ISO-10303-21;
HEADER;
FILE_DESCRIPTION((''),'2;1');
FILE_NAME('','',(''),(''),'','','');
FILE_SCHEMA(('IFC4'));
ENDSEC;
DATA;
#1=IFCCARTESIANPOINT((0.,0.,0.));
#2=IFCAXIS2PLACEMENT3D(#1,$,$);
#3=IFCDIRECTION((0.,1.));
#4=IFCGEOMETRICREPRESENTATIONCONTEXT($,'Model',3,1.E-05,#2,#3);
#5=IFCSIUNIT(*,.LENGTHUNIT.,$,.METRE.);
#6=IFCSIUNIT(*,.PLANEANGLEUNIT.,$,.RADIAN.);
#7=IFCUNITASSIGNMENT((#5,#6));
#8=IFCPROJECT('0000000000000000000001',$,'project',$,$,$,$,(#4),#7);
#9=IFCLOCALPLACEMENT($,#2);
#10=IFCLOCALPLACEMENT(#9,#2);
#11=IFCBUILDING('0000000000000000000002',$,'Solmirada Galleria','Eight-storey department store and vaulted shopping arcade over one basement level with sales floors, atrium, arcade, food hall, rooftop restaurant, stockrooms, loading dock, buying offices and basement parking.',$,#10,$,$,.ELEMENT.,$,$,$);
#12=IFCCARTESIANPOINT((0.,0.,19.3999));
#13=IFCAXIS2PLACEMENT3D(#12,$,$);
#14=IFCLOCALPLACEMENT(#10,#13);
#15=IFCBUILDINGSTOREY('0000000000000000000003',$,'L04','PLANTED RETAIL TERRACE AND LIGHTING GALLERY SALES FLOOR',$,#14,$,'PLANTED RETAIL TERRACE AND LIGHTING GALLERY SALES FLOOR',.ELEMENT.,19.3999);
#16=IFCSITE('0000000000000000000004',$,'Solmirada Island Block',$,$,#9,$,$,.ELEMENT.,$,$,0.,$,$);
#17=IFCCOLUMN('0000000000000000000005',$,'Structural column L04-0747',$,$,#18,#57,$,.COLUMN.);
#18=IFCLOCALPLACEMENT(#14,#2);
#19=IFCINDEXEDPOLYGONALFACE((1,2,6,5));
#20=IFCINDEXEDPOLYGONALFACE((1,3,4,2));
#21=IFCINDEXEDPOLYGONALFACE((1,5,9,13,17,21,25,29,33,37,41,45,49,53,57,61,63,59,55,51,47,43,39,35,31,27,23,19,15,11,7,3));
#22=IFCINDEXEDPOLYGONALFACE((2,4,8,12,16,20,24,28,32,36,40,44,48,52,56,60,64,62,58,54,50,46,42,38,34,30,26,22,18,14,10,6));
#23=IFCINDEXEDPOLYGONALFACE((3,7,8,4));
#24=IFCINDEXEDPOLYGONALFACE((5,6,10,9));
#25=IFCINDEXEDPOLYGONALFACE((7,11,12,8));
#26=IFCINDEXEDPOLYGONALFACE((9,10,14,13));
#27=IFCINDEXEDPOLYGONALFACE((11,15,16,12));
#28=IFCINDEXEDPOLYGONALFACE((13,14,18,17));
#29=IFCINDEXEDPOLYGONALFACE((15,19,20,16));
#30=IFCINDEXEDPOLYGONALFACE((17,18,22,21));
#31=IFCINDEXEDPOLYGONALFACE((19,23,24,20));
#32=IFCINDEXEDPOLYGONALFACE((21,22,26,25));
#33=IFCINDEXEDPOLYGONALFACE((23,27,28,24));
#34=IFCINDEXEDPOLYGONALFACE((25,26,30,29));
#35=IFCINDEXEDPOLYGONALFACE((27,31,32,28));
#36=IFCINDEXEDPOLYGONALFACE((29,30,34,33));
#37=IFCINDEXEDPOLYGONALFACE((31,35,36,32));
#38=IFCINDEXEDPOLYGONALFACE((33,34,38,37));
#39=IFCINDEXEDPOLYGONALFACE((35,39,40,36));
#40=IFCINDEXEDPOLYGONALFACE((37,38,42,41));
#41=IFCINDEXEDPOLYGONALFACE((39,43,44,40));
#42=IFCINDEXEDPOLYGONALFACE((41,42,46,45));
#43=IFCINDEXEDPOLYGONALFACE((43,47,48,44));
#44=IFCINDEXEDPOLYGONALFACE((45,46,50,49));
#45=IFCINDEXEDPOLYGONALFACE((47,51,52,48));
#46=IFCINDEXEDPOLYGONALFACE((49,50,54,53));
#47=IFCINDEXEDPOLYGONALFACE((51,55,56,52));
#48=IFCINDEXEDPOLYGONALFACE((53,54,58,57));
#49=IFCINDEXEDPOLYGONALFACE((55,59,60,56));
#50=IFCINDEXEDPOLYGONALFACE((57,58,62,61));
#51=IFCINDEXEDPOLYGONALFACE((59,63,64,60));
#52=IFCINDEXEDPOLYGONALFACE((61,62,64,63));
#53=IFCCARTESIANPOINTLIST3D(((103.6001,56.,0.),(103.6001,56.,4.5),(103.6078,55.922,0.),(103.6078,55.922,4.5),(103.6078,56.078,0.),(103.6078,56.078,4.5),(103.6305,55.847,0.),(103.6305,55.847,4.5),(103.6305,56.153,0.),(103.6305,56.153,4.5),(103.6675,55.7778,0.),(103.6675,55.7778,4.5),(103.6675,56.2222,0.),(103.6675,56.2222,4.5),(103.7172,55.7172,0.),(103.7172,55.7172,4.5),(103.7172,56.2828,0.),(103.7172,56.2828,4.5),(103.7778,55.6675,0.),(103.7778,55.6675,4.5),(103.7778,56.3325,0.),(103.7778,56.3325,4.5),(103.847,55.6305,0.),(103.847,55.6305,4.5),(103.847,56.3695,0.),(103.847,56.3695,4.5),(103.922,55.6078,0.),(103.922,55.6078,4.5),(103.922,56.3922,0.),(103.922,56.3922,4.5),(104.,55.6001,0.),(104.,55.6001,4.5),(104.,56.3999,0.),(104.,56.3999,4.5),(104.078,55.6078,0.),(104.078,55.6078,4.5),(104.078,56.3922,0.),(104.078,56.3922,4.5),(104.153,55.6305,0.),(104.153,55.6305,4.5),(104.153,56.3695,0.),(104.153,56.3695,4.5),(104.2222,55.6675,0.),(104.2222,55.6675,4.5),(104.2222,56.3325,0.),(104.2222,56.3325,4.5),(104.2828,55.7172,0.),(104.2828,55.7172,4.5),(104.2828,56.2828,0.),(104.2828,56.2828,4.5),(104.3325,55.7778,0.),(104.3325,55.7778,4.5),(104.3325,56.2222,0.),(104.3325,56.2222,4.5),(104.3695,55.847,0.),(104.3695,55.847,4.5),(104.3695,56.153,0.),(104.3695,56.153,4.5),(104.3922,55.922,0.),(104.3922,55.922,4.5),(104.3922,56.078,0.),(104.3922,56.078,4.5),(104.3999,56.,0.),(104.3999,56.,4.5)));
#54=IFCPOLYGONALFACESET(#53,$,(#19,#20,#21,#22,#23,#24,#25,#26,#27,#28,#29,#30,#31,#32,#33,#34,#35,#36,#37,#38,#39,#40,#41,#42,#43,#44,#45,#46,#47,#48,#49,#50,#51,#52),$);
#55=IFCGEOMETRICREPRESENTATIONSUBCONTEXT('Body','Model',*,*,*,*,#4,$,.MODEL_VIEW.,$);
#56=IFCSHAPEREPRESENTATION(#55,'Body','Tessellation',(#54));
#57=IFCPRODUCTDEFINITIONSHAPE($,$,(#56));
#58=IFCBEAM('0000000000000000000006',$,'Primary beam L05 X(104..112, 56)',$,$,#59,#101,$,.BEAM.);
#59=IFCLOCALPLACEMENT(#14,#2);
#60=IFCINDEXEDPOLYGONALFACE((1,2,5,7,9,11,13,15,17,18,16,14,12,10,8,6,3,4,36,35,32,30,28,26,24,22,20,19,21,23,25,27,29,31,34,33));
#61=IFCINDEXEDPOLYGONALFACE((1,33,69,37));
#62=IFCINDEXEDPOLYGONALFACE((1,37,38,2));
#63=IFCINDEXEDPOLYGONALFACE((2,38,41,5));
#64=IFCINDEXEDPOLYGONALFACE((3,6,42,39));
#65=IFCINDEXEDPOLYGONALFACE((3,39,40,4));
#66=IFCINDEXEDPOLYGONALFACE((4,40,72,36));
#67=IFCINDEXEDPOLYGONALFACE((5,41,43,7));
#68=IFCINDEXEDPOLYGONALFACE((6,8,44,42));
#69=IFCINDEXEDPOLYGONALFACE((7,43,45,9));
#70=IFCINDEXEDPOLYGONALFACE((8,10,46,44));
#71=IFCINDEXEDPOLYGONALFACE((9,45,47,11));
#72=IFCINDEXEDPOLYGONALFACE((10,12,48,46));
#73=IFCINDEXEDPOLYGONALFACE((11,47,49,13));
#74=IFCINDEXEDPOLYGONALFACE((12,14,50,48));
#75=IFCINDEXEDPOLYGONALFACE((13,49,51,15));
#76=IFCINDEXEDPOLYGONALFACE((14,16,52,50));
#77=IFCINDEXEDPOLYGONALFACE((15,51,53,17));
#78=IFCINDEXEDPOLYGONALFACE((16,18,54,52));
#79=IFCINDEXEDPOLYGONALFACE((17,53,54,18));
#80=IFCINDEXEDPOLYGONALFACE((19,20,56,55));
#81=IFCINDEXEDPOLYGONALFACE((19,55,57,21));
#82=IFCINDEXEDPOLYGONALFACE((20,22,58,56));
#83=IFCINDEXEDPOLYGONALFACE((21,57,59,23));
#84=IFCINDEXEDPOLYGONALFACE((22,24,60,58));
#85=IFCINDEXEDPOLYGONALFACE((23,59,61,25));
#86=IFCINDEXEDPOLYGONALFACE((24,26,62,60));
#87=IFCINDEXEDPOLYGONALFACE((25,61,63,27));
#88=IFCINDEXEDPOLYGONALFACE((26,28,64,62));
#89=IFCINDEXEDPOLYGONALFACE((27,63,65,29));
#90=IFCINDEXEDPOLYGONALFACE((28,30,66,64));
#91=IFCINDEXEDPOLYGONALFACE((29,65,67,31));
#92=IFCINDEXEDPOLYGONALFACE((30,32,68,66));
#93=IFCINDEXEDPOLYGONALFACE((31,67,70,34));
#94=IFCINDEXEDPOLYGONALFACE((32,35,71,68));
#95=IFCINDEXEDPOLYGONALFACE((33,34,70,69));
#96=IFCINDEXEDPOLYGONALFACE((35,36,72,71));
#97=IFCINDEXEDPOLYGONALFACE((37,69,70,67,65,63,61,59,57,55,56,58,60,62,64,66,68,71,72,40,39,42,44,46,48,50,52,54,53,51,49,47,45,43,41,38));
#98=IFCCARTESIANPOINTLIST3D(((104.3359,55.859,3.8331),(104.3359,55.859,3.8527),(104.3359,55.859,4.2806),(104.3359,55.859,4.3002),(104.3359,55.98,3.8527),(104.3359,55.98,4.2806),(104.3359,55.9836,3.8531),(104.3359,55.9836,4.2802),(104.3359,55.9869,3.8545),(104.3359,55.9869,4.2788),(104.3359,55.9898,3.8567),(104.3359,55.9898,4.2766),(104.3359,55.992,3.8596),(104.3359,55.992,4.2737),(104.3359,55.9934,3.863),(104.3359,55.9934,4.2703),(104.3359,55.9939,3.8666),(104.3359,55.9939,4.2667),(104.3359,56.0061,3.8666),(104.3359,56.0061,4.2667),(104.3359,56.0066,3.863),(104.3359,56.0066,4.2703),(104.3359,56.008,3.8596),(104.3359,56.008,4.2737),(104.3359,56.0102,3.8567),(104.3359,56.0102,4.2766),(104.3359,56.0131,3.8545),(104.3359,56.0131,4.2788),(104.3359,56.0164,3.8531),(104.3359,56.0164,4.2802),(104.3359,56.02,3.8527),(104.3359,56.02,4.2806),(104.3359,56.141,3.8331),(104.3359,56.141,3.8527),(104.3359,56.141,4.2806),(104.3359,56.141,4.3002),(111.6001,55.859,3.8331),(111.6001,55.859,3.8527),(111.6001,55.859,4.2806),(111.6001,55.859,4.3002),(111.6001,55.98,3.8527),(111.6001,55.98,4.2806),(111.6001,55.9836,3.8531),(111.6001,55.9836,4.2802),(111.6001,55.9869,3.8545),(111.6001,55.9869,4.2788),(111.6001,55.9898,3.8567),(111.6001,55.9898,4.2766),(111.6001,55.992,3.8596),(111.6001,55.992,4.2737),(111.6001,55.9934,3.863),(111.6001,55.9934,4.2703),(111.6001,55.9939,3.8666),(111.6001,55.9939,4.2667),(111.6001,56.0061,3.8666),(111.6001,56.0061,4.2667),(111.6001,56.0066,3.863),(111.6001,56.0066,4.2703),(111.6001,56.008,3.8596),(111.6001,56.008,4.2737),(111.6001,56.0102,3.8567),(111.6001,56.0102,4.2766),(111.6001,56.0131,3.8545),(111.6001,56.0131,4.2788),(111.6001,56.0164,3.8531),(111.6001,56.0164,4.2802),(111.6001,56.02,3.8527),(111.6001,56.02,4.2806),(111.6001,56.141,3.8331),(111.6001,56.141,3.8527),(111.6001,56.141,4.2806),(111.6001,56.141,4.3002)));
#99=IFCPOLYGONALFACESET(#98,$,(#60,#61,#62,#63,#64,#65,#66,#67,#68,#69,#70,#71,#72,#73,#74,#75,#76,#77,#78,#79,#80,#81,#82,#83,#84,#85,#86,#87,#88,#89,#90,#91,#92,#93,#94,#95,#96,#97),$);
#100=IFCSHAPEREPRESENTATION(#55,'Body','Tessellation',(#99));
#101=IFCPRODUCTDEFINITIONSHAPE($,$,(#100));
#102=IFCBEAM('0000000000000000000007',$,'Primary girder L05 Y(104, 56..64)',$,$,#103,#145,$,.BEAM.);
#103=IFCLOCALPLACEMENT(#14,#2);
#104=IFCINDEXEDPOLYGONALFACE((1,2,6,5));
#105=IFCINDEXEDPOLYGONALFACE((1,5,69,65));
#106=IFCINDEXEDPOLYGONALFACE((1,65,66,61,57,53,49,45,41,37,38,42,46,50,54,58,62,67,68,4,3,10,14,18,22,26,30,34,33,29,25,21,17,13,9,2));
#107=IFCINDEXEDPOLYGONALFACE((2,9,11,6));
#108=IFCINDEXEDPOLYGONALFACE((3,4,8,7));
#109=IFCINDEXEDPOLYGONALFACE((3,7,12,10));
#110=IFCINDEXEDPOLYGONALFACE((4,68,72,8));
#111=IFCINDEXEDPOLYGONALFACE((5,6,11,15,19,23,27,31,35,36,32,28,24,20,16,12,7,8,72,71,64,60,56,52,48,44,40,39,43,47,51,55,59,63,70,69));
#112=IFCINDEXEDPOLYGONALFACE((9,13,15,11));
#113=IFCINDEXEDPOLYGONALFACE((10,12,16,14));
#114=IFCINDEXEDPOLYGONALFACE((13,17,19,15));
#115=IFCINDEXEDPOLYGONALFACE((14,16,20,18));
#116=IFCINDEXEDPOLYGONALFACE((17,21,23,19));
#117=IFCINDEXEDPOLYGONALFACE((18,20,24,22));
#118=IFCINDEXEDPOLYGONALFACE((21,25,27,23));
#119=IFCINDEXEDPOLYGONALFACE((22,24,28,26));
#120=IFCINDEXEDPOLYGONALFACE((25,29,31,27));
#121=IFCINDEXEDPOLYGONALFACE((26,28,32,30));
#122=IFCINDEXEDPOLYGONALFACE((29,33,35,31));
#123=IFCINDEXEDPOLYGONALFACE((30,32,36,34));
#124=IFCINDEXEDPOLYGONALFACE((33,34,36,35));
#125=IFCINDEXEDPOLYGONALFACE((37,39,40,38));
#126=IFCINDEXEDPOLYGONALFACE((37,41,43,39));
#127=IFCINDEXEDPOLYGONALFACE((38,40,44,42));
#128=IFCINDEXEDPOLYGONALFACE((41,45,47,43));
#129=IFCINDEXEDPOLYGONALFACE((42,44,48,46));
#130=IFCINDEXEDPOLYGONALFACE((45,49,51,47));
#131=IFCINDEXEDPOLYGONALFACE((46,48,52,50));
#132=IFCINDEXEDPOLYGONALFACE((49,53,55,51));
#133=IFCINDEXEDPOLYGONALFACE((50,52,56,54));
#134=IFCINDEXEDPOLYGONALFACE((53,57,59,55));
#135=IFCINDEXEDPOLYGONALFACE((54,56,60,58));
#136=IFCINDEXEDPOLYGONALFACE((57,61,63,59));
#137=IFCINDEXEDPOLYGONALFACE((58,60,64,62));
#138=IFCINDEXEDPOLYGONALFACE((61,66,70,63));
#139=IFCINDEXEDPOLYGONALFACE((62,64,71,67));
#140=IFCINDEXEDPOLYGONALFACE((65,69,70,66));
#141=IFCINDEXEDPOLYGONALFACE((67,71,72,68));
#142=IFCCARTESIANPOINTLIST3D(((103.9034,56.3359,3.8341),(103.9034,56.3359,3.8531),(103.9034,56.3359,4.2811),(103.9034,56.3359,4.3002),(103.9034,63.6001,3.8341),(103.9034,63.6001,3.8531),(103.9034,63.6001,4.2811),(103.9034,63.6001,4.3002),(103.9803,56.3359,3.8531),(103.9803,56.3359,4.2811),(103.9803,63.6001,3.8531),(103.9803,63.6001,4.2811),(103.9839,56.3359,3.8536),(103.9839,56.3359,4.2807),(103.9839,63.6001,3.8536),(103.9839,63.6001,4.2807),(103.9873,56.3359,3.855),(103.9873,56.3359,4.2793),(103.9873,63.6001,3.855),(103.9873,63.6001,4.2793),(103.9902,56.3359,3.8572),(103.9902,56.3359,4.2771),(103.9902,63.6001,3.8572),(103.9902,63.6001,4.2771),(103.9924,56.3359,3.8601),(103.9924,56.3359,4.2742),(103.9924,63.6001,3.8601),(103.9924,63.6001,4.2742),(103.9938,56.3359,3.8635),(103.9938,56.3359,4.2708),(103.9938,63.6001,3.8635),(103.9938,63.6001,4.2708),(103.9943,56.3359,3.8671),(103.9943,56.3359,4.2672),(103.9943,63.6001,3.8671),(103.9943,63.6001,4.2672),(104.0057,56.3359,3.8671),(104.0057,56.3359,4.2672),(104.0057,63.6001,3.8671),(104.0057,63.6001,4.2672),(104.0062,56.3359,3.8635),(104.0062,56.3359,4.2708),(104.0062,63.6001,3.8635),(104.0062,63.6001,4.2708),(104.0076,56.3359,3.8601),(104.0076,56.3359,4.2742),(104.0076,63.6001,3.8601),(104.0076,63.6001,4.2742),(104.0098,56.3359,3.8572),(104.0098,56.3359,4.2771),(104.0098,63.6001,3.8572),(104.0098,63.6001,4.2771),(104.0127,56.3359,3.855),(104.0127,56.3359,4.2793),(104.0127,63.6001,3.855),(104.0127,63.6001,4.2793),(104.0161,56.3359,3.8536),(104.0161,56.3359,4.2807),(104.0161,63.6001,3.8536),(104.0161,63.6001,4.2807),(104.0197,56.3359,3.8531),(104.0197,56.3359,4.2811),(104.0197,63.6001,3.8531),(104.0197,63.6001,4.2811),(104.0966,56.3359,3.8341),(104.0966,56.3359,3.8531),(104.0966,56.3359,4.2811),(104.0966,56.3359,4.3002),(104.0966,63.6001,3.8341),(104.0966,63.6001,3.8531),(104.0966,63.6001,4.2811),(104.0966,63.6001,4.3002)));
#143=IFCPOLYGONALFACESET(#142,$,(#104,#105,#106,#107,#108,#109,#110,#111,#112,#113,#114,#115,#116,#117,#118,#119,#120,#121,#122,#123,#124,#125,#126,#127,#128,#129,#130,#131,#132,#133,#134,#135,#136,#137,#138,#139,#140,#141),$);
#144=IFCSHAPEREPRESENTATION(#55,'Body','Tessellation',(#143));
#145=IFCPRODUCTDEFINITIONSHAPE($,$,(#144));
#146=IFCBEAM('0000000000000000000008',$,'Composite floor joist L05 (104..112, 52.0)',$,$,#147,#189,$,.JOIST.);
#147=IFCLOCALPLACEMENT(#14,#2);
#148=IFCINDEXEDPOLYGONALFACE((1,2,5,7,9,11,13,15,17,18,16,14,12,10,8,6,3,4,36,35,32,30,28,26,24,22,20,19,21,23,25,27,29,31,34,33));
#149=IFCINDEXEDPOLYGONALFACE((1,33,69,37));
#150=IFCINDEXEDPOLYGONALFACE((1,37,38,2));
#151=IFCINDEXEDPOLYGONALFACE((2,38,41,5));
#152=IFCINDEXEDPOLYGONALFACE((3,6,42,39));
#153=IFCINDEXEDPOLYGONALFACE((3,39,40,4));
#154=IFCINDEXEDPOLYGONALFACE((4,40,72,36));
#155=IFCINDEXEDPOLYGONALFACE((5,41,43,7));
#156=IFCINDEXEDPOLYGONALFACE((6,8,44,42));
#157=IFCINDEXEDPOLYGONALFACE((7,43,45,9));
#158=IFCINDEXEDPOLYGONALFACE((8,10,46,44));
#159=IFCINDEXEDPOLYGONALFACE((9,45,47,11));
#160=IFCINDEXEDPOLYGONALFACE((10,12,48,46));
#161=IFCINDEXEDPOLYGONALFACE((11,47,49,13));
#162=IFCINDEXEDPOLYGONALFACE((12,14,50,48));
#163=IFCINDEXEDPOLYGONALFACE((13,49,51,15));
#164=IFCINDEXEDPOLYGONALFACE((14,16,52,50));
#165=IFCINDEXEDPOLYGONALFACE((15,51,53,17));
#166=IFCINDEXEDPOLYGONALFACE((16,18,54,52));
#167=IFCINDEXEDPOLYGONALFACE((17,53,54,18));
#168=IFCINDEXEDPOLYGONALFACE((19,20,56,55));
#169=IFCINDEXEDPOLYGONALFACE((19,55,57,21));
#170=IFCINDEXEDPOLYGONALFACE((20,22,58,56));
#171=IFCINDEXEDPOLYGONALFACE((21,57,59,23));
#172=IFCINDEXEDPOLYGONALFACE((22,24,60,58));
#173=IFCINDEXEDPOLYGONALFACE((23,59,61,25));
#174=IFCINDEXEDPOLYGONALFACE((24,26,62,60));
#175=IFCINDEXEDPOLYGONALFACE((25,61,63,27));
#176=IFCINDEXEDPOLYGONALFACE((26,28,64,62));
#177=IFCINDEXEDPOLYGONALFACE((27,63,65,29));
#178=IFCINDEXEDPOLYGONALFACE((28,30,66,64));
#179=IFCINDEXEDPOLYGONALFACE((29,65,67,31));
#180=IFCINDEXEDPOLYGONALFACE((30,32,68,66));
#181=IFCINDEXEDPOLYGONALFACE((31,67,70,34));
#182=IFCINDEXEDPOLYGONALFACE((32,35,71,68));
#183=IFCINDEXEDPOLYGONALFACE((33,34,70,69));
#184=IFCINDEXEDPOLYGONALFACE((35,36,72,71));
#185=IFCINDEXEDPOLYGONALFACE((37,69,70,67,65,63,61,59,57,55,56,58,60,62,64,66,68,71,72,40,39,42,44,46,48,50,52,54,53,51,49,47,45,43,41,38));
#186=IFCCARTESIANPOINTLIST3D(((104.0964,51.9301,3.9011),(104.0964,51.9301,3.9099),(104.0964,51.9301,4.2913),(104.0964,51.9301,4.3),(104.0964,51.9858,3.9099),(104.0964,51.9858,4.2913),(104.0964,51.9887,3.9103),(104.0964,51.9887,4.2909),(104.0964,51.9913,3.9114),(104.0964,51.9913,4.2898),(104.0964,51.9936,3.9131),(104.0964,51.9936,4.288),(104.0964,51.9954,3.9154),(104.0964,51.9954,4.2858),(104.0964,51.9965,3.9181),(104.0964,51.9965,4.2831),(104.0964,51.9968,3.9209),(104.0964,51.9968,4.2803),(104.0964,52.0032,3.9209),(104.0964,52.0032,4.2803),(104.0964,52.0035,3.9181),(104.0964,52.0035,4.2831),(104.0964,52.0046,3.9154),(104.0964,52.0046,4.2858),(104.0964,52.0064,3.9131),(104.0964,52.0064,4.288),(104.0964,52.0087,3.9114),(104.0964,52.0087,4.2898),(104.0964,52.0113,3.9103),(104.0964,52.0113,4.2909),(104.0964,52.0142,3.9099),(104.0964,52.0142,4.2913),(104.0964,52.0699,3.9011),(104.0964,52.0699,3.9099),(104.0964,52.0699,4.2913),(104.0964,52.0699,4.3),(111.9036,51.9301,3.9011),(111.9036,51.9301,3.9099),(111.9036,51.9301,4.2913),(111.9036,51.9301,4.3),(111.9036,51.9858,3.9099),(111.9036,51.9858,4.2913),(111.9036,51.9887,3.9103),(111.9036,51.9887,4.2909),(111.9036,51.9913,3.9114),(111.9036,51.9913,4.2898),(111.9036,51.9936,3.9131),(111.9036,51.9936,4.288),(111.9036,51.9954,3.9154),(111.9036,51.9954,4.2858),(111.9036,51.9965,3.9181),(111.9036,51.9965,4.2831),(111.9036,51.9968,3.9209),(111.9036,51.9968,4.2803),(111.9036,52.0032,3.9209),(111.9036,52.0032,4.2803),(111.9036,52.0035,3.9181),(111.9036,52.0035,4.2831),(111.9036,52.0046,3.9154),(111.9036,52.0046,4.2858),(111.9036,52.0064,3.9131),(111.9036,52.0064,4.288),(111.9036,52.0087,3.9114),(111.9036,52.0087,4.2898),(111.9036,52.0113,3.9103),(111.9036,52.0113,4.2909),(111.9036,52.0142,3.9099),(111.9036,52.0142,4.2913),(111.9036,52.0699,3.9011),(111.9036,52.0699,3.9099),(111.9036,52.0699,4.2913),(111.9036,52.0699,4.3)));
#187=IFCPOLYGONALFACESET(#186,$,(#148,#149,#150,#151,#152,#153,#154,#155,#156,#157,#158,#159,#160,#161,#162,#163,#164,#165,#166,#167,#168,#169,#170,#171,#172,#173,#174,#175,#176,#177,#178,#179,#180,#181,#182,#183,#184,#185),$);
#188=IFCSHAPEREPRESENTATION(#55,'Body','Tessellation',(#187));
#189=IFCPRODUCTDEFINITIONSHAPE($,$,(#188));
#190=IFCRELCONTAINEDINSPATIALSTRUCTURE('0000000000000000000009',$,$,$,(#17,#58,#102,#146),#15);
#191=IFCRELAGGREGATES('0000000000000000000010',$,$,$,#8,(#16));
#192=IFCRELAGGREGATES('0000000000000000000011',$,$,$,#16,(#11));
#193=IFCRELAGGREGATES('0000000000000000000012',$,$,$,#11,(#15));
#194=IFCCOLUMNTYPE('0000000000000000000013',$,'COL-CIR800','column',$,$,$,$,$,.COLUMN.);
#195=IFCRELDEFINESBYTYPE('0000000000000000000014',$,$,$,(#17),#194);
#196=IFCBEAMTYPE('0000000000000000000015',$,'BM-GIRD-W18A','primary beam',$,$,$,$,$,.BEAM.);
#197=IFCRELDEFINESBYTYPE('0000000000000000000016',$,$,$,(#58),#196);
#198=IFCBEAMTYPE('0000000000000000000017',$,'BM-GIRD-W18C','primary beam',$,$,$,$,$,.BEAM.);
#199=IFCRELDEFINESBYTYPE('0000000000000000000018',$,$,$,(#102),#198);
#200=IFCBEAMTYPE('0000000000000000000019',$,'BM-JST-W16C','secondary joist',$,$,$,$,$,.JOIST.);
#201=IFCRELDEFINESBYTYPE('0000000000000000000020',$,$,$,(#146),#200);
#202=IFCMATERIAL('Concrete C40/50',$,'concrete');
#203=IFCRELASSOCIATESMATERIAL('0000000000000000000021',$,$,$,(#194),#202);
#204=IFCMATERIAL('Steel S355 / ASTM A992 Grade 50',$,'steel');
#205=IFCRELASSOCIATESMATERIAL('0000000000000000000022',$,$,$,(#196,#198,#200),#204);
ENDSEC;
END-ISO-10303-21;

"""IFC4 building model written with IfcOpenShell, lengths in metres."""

from ifc_helpers import new_model, si_unit, direction, frame, origin, origin_2d, place, context, subcontext, project, spatial, circle, i_section, extrude, material, material_profile, profile_set, type_object, element, save


model = new_model("IFC4")

# Units and contexts
model_context = context("Model", 3, precision=1e-05, world=origin(), true_north=direction((0.0, 1.0)))
body_context = subcontext(model_context, "Body", "Model", "MODEL_VIEW")
ifc_project = project(units=[si_unit("LENGTHUNIT", "METRE"), si_unit("PLANEANGLEUNIT", "RADIAN")], contexts=[model_context])

# Site, building, storey
site_placement = place(None, origin())
site = spatial("IfcSite", under=ifc_project, at=site_placement, Name="Solmirada Island Block", CompositionType="ELEMENT", RefElevation=0.0)
building_placement = place(site_placement, origin())
building = spatial("IfcBuilding", under=site, at=building_placement, Name="Solmirada Galleria", Description="Eight-storey department store and vaulted shopping arcade over one basement level with sales floors, atrium, arcade, food hall, rooftop restaurant, stockrooms, loading dock, buying offices and basement parking.", CompositionType="ELEMENT")
storey_placement = place(building_placement, frame((0.0, 0.0, 19.3999)))
storey = spatial("IfcBuildingStorey", under=building, at=storey_placement, Name="L04", Description="PLANTED RETAIL TERRACE AND LIGHTING GALLERY SALES FLOOR", LongName="PLANTED RETAIL TERRACE AND LIGHTING GALLERY SALES FLOOR", CompositionType="ELEMENT", Elevation=19.3999)

# Column
ifc_material_1 = material(Name="Concrete C40/50", Category="concrete")
ifc_material_profile_1 = material_profile(ifc_material_1, circle(Radius=0.3999, at=origin_2d()), Name="RCCOL800")
ifc_profile_set_1 = profile_set([ifc_material_profile_1], Name="Concrete C40/50")
column_type = type_object("IfcColumnType", Name="COL-CIR800", Description="column", PredefinedType="COLUMN", material=ifc_profile_set_1)
column_placement = place(storey_placement, frame((104.0, 56.0, 0.0), z_axis=(0.0, 0.0, 1.0), x_axis=(1.0, 0.0, 0.0)))
element("IfcColumn", 1, at=column_placement, inside=storey, type_object=column_type, Name="Structural column L04-0747", PredefinedType="COLUMN", context=body_context, shape_type="SweptSolid", body=[
    extrude(circle(Radius=0.3999, at=origin_2d()), origin(), (0.0, 0.0, 1.0), 4.5),
])

# Beams
ifc_material_2 = material(Name="Steel S355 / ASTM A992 Grade 50", Category="steel")
ifc_material_profile_2 = material_profile(ifc_material_2, i_section(OverallWidth=0.282, OverallDepth=0.467, WebThickness=0.0122, FlangeThickness=0.0195, FilletRadius=0.0139, at=origin_2d()), Name="W18X86")
ifc_profile_set_2 = profile_set([ifc_material_profile_2], Name="Steel S355 / ASTM A992 Grade 50")
beam_type_1 = type_object("IfcBeamType", Name="BM-GIRD-W18A", Description="primary beam", PredefinedType="BEAM", material=ifc_profile_set_2)
beam_1_placement = place(storey_placement, frame((104.3359, 56.0, 4.0667), z_axis=(1.0, 0.0, 0.0), x_axis=(0.0, 1.0, 0.0)))
element("IfcBeam", 2, at=beam_1_placement, inside=storey, type_object=beam_type_1, Name="Primary beam L05 X(104..112, 56)", PredefinedType="BEAM", context=body_context, shape_type="SweptSolid", body=[
    extrude(i_section(OverallWidth=0.282, OverallDepth=0.467, WebThickness=0.0122, FlangeThickness=0.0195, FilletRadius=0.0139, at=origin_2d()), origin(), (0.0, 0.0, 1.0), 7.2642),
])
ifc_material_profile_3 = material_profile(ifc_material_2, i_section(OverallWidth=0.1931, OverallDepth=0.4661, WebThickness=0.0115, FlangeThickness=0.019, FilletRadius=0.0139, at=origin_2d()), Name="W18X65")
ifc_profile_set_3 = profile_set([ifc_material_profile_3], Name="Steel S355 / ASTM A992 Grade 50")
beam_type_2 = type_object("IfcBeamType", Name="BM-GIRD-W18C", Description="primary beam", PredefinedType="BEAM", material=ifc_profile_set_3)
beam_2_placement = place(storey_placement, frame((104.0, 56.3359, 4.0671), z_axis=(0.0, 1.0, 0.0), x_axis=(-1.0, 0.0, 0.0)))
element("IfcBeam", 3, at=beam_2_placement, inside=storey, type_object=beam_type_2, Name="Primary girder L05 Y(104, 56..64)", PredefinedType="BEAM", context=body_context, shape_type="SweptSolid", body=[
    extrude(i_section(OverallWidth=0.1931, OverallDepth=0.4661, WebThickness=0.0115, FlangeThickness=0.019, FilletRadius=0.0139, at=origin_2d()), origin(), (0.0, 0.0, 1.0), 7.2642),
])
ifc_material_profile_4 = material_profile(ifc_material_2, i_section(OverallWidth=0.1399, OverallDepth=0.3989, WebThickness=0.0063, FlangeThickness=0.0088, FilletRadius=0.011, at=origin_2d()), Name="W16X26")
ifc_profile_set_4 = profile_set([ifc_material_profile_4], Name="Steel S355 / ASTM A992 Grade 50")
beam_type_3 = type_object("IfcBeamType", Name="BM-JST-W16C", Description="secondary joist", PredefinedType="JOIST", material=ifc_profile_set_4)
beam_3_placement = place(storey_placement, frame((104.0964, 52.0, 4.1006), z_axis=(1.0, 0.0, 0.0), x_axis=(0.0, 1.0, 0.0)))
element("IfcBeam", 4, at=beam_3_placement, inside=storey, type_object=beam_type_3, Name="Composite floor joist L05 (104..112, 52.0)", PredefinedType="JOIST", context=body_context, shape_type="SweptSolid", body=[
    extrude(i_section(OverallWidth=0.1399, OverallDepth=0.3989, WebThickness=0.0063, FlangeThickness=0.0088, FilletRadius=0.011, at=origin_2d()), origin(), (0.0, 0.0, 1.0), 7.8071),
])

save(model, "model.ifc")
